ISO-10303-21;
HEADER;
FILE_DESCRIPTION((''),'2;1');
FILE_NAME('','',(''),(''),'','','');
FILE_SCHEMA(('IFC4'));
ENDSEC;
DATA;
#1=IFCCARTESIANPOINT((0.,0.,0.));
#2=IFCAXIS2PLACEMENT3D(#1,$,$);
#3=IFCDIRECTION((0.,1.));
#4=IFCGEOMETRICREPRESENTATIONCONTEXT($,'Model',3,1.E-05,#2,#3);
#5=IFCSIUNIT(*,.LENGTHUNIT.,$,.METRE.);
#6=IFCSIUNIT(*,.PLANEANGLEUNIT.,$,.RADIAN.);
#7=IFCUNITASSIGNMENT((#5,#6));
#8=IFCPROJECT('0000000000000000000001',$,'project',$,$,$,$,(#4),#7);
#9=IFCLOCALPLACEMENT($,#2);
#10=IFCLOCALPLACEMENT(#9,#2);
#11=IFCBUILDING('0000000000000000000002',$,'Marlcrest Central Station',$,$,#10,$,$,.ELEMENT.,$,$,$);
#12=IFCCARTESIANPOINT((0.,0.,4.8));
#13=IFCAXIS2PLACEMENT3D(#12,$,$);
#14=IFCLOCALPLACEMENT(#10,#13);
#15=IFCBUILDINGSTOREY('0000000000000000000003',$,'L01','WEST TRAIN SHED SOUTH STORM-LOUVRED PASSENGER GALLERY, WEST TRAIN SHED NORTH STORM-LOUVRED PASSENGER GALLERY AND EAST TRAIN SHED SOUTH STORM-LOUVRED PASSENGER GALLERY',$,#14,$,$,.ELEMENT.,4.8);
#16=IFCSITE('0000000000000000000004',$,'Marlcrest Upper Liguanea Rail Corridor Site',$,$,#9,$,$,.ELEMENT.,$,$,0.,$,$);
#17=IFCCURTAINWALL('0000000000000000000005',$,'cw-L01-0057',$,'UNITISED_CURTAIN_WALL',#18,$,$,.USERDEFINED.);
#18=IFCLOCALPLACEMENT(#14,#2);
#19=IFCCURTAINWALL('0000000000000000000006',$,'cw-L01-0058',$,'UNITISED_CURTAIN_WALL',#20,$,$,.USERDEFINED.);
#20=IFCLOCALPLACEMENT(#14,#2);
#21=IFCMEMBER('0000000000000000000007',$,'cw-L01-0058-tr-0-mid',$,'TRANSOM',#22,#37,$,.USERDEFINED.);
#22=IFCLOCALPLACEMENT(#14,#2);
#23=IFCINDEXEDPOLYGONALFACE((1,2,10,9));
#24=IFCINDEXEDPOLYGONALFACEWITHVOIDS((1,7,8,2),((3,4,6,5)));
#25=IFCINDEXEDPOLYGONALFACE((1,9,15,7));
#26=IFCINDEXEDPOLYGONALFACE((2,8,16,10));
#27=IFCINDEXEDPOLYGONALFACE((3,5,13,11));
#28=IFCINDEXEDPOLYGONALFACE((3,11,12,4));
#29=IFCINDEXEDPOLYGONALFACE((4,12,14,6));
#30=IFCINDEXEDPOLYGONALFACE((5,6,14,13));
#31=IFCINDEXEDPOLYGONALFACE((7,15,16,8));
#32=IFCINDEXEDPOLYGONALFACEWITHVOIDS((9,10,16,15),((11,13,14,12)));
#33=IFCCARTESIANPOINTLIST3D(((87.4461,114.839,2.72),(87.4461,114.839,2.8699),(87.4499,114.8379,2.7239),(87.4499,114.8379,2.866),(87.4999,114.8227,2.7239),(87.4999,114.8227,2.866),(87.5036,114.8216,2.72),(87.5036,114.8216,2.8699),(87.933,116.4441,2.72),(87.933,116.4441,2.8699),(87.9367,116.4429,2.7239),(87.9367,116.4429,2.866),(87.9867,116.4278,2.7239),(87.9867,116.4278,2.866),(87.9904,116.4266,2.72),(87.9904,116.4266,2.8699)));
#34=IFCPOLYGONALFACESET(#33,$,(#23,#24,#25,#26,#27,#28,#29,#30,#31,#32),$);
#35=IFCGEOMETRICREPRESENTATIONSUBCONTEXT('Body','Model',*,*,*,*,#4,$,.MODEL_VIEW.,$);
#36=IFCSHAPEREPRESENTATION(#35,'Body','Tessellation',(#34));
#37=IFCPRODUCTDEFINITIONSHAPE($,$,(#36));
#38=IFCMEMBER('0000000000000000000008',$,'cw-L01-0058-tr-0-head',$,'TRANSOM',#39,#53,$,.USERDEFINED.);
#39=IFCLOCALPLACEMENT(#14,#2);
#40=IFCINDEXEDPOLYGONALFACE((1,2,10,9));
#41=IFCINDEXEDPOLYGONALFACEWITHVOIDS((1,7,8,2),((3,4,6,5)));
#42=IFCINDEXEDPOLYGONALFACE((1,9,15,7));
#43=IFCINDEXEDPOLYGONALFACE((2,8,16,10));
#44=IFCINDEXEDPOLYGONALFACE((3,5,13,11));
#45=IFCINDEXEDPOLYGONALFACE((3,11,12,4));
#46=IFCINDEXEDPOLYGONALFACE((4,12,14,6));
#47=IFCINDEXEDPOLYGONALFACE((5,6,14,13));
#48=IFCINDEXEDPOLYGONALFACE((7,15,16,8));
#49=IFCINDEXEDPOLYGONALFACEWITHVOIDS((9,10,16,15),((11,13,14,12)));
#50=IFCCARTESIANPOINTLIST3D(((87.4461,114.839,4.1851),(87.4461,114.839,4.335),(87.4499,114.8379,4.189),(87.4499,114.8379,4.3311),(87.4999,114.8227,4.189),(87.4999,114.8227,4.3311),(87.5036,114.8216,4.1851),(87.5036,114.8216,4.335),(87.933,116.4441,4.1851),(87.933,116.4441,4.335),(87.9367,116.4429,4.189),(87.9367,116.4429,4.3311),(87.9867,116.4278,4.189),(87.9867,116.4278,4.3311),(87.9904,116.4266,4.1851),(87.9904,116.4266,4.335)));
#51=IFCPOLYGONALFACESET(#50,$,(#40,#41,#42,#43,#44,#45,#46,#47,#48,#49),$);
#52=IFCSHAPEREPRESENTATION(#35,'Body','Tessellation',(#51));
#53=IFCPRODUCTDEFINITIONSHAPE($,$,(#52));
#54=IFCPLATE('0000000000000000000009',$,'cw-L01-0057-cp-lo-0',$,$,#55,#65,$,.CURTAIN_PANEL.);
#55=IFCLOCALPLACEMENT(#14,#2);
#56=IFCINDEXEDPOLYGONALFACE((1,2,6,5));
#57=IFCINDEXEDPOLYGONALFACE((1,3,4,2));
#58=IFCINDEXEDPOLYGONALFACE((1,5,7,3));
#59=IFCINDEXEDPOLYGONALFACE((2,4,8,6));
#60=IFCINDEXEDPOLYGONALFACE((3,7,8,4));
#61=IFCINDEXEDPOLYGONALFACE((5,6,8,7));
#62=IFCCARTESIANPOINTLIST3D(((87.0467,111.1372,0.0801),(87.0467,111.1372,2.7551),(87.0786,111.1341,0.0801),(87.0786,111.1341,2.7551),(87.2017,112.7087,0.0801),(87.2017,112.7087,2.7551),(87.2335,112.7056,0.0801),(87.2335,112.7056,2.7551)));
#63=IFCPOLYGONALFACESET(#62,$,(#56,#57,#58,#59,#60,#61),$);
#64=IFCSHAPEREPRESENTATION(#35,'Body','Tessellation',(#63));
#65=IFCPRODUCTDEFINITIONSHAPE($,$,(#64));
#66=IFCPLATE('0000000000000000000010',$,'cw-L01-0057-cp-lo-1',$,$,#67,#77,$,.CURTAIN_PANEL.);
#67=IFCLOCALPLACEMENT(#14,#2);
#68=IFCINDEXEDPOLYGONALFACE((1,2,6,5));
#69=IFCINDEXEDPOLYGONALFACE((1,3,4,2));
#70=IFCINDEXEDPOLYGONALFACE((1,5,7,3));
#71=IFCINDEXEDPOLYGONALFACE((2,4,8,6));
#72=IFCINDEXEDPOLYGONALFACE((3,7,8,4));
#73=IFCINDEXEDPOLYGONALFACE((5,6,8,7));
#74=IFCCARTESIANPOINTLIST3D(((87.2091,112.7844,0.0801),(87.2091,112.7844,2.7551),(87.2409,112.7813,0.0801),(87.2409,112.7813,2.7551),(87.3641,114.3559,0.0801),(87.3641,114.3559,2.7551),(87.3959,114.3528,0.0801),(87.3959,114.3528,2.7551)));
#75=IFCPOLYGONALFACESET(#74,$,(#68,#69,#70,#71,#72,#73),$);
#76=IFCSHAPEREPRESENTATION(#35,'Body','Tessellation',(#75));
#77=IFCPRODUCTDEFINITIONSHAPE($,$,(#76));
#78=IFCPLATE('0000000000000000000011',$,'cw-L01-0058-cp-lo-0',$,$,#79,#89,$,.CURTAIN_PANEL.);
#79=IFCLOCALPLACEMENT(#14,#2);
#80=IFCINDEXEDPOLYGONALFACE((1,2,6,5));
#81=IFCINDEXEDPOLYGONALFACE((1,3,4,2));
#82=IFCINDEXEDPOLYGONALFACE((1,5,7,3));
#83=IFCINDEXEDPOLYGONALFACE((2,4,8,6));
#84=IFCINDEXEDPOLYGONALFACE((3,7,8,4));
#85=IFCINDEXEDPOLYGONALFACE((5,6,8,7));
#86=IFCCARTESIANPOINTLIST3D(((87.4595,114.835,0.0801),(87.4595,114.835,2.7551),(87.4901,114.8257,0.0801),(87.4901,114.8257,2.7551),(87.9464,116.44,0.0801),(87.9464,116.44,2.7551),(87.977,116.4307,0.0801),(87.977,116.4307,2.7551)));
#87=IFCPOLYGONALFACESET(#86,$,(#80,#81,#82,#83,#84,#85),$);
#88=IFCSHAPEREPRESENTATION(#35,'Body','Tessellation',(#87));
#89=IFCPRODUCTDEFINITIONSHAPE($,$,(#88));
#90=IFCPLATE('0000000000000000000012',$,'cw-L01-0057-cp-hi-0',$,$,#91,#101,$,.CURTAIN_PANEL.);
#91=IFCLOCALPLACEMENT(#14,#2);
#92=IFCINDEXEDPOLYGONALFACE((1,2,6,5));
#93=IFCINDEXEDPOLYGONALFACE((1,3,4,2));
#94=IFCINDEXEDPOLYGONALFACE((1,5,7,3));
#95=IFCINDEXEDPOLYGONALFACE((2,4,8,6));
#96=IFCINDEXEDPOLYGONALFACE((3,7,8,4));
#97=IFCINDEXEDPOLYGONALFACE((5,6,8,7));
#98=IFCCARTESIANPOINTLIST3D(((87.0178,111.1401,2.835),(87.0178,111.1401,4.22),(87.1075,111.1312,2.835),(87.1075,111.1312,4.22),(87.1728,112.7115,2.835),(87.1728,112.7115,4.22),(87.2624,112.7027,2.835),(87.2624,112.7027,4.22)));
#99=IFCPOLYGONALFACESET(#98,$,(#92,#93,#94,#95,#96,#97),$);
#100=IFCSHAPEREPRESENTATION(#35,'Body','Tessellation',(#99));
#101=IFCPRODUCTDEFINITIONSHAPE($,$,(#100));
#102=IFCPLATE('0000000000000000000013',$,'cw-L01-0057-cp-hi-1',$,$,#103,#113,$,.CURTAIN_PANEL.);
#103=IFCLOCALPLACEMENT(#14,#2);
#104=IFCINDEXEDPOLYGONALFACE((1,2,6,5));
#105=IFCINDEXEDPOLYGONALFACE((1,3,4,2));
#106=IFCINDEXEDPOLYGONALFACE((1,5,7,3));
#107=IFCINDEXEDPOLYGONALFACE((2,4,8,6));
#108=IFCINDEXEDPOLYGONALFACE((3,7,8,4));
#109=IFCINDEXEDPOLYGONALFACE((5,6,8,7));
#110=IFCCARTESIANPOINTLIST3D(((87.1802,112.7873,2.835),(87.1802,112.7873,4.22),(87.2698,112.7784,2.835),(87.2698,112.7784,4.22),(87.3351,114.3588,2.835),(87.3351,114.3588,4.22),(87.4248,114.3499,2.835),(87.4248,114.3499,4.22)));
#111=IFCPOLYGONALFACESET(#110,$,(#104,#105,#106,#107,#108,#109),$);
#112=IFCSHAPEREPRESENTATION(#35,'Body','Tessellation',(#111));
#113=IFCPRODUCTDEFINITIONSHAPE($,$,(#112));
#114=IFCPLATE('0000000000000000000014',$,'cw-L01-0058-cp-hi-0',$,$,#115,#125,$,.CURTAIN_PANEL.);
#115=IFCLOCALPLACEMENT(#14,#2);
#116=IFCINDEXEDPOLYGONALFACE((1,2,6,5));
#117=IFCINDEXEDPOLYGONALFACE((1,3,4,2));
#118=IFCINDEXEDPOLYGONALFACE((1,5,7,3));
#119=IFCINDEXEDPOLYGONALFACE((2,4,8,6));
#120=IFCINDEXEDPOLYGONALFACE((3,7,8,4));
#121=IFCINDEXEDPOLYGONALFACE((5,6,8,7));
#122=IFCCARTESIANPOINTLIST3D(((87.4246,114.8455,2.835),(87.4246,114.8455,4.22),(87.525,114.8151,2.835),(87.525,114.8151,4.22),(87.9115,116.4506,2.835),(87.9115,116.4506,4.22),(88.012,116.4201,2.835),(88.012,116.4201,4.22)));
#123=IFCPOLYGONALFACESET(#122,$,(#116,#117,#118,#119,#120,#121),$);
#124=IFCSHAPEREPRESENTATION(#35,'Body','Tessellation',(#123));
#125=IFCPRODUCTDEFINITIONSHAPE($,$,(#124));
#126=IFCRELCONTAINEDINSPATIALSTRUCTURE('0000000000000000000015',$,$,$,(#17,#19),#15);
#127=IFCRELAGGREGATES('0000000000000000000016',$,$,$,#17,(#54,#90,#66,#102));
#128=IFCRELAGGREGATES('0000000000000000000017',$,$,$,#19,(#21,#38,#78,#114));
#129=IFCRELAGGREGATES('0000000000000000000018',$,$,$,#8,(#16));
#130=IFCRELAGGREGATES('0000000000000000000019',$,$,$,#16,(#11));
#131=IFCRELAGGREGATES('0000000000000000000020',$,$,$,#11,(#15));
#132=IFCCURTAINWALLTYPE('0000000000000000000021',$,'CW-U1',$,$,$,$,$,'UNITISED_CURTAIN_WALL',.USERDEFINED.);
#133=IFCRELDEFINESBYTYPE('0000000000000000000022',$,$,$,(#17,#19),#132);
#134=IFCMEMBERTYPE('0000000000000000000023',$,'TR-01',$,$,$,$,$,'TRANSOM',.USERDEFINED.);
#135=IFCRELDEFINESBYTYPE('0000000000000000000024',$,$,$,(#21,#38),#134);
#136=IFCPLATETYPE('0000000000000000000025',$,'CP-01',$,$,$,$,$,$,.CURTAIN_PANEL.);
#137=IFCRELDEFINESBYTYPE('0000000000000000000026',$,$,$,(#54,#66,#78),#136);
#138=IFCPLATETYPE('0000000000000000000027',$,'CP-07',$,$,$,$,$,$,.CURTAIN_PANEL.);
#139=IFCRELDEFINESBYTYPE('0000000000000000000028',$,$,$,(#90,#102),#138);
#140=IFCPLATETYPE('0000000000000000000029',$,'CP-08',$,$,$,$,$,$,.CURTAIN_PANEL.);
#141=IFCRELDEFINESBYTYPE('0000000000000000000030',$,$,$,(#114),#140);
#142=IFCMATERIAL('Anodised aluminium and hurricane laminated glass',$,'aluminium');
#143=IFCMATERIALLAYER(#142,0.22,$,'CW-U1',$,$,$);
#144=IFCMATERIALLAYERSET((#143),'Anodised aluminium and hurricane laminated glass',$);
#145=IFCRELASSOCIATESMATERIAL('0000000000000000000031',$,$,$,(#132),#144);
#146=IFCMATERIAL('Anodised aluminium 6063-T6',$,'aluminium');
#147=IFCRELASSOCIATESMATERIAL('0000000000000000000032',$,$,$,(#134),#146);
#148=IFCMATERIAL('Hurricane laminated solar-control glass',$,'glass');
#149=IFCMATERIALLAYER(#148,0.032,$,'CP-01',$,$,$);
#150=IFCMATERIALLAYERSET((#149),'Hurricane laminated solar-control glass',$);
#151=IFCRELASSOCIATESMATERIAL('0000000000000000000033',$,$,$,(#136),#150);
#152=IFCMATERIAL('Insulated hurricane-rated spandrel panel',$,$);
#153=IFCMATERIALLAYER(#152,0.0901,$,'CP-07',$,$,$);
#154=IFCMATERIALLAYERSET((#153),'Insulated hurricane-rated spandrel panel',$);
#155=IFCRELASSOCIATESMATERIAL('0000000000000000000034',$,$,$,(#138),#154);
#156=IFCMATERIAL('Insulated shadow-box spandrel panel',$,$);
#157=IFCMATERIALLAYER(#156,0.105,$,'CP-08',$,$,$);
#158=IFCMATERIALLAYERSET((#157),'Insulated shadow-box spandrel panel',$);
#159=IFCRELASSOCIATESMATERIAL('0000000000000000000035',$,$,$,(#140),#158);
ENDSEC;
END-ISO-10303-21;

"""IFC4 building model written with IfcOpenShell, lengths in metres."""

from ifc_helpers import new_model, si_unit, direction, frame, origin, origin_2d, place, context, subcontext, project, spatial, rectangle, hollow_rectangle, extrude, material, layer, layer_set, material_profile, profile_set, type_object, element, aggregate, save


model = new_model("IFC4")

# Units and contexts
model_context = context("Model", 3, precision=1e-05, world=origin(), true_north=direction((0.0, 1.0)))
body_context = subcontext(model_context, "Body", "Model", "MODEL_VIEW")
ifc_project = project(units=[si_unit("LENGTHUNIT", "METRE"), si_unit("PLANEANGLEUNIT", "RADIAN")], contexts=[model_context])

# Site, building, storey
site_placement = place(None, origin())
site = spatial("IfcSite", under=ifc_project, at=site_placement, Name="Marlcrest Upper Liguanea Rail Corridor Site", CompositionType="ELEMENT", RefElevation=0.0)
building_placement = place(site_placement, origin())
building = spatial("IfcBuilding", under=site, at=building_placement, Name="Marlcrest Central Station", CompositionType="ELEMENT")
storey_placement = place(building_placement, frame((0.0, 0.0, 4.8)))
storey = spatial("IfcBuildingStorey", under=building, at=storey_placement, Name="L01", Description="WEST TRAIN SHED SOUTH STORM-LOUVRED PASSENGER GALLERY, WEST TRAIN SHED NORTH STORM-LOUVRED PASSENGER GALLERY AND EAST TRAIN SHED SOUTH STORM-LOUVRED PASSENGER GALLERY", CompositionType="ELEMENT", Elevation=4.8)

# Curtain walls
ifc_material_1 = material(Name="Anodised aluminium and hurricane laminated glass", Category="aluminium")
ifc_layer_1 = layer(ifc_material_1, 0.22, Name="CW-U1")
ifc_layer_set_1 = layer_set([ifc_layer_1], Name="Anodised aluminium and hurricane laminated glass")
curtain_wall_type = type_object("IfcCurtainWallType", Name="CW-U1", ElementType="UNITISED_CURTAIN_WALL", PredefinedType="USERDEFINED", material=ifc_layer_set_1)
curtain_wall_1_placement = place(storey_placement, origin())
curtain_wall_1 = element("IfcCurtainWall", 1, at=curtain_wall_1_placement, inside=storey, type_object=curtain_wall_type, Name="cw-L01-0057", ObjectType="UNITISED_CURTAIN_WALL", PredefinedType="USERDEFINED")
ifc_material_2 = material(Name="Anodised aluminium 6063-T6", Category="aluminium")
curtain_wall_2_placement = place(storey_placement, origin())
curtain_wall_2 = element("IfcCurtainWall", 2, at=curtain_wall_2_placement, inside=storey, type_object=curtain_wall_type, Name="cw-L01-0058", ObjectType="UNITISED_CURTAIN_WALL", PredefinedType="USERDEFINED")

# Members
ifc_material_profile_1 = material_profile(ifc_material_2, hollow_rectangle(XDim=0.0601, YDim=0.1499, WallThickness=0.0039, at=origin_2d()), Name="AA-RHS 150x60x4")
ifc_profile_set_1 = profile_set([ifc_material_profile_1], Name="Anodised aluminium 6063-T6")
member_type_1 = type_object("IfcMemberType", Name="TR-01", ElementType="TRANSOM", PredefinedType="USERDEFINED", material=ifc_profile_set_1)
member_1_placement = place(storey_placement, frame((87.4749, 114.8303, 2.7949), z_axis=(0.290258, 0.956948, 0.0), x_axis=(-0.956948, 0.290258, 0.0)))
member_1 = element("IfcMember", 3, at=member_1_placement, type_object=member_type_1, Name="cw-L01-0058-tr-0-mid", ObjectType="TRANSOM", PredefinedType="USERDEFINED", context=body_context, shape_type="SweptSolid", body=[
    extrude(hollow_rectangle(XDim=0.0601, YDim=0.1499, WallThickness=0.0039, at=origin_2d()), origin(), (0.0, 0.0, 1.0), 1.6772),
])
member_2_placement = place(storey_placement, frame((87.4749, 114.8303, 4.26), z_axis=(0.290258, 0.956948, 0.0), x_axis=(-0.956948, 0.290258, 0.0)))
member_2 = element("IfcMember", 4, at=member_2_placement, type_object=member_type_1, Name="cw-L01-0058-tr-0-head", ObjectType="TRANSOM", PredefinedType="USERDEFINED", context=body_context, shape_type="SweptSolid", body=[
    extrude(hollow_rectangle(XDim=0.0601, YDim=0.1499, WallThickness=0.0039, at=origin_2d()), origin(), (0.0, 0.0, 1.0), 1.6772),
])

# Plates
ifc_material_3 = material(Name="Hurricane laminated solar-control glass", Category="glass")
ifc_layer_2 = layer(ifc_material_3, 0.032, Name="CP-01")
ifc_layer_set_2 = layer_set([ifc_layer_2], Name="Hurricane laminated solar-control glass")
plate_type_1 = type_object("IfcPlateType", Name="CP-01", PredefinedType="CURTAIN_PANEL", material=ifc_layer_set_2)
plate_1_placement = place(storey_placement, frame((87.1401, 111.9214, 0.0801), z_axis=(0.0, 0.0, 1.0), x_axis=(0.098139, 0.995173, 0.0)))
plate_1 = element("IfcPlate", 5, at=plate_1_placement, type_object=plate_type_1, Name="cw-L01-0057-cp-lo-0", PredefinedType="CURTAIN_PANEL", context=body_context, shape_type="SweptSolid", body=[
    extrude(rectangle(XDim=1.5791, YDim=0.032, at=origin_2d()), origin(), (0.0, 0.0, 1.0), 2.675),
])
plate_2_placement = place(storey_placement, frame((87.3025, 113.5686, 0.0801), z_axis=(0.0, 0.0, 1.0), x_axis=(0.098139, 0.995173, 0.0)))
plate_2 = element("IfcPlate", 6, at=plate_2_placement, type_object=plate_type_1, Name="cw-L01-0057-cp-lo-1", PredefinedType="CURTAIN_PANEL", context=body_context, shape_type="SweptSolid", body=[
    extrude(rectangle(XDim=1.5791, YDim=0.032, at=origin_2d()), origin(), (0.0, 0.0, 1.0), 2.675),
])
plate_3_placement = place(storey_placement, frame((87.7183, 115.6328, 0.0801), z_axis=(0.0, 0.0, 1.0), x_axis=(0.290318, 0.95693, 0.0)))
plate_3 = element("IfcPlate", 7, at=plate_3_placement, type_object=plate_type_1, Name="cw-L01-0058-cp-lo-0", PredefinedType="CURTAIN_PANEL", context=body_context, shape_type="SweptSolid", body=[
    extrude(rectangle(XDim=1.6772, YDim=0.032, at=origin_2d()), origin(), (0.0, 0.0, 1.0), 2.675),
])
ifc_material_4 = material(Name="Insulated hurricane-rated spandrel panel")
ifc_layer_3 = layer(ifc_material_4, 0.0901, Name="CP-07")
ifc_layer_set_3 = layer_set([ifc_layer_3], Name="Insulated hurricane-rated spandrel panel")
plate_type_2 = type_object("IfcPlateType", Name="CP-07", PredefinedType="CURTAIN_PANEL", material=ifc_layer_set_3)
plate_4_placement = place(storey_placement, frame((87.1401, 111.9214, 2.835), z_axis=(0.0, 0.0, 1.0), x_axis=(0.098139, 0.995173, 0.0)))
plate_4 = element("IfcPlate", 8, at=plate_4_placement, type_object=plate_type_2, Name="cw-L01-0057-cp-hi-0", PredefinedType="CURTAIN_PANEL", context=body_context, shape_type="SweptSolid", body=[
    extrude(rectangle(XDim=1.5791, YDim=0.0901, at=origin_2d()), origin(), (0.0, 0.0, 1.0), 1.385),
])
plate_5_placement = place(storey_placement, frame((87.3025, 113.5686, 2.835), z_axis=(0.0, 0.0, 1.0), x_axis=(0.098139, 0.995173, 0.0)))
plate_5 = element("IfcPlate", 9, at=plate_5_placement, type_object=plate_type_2, Name="cw-L01-0057-cp-hi-1", PredefinedType="CURTAIN_PANEL", context=body_context, shape_type="SweptSolid", body=[
    extrude(rectangle(XDim=1.5791, YDim=0.0901, at=origin_2d()), origin(), (0.0, 0.0, 1.0), 1.385),
])
aggregate(curtain_wall_1, [plate_1, plate_4, plate_2, plate_5])
ifc_material_5 = material(Name="Insulated shadow-box spandrel panel")
ifc_layer_4 = layer(ifc_material_5, 0.105, Name="CP-08")
ifc_layer_set_4 = layer_set([ifc_layer_4], Name="Insulated shadow-box spandrel panel")
plate_type_3 = type_object("IfcPlateType", Name="CP-08", PredefinedType="CURTAIN_PANEL", material=ifc_layer_set_4)
plate_6_placement = place(storey_placement, frame((87.7183, 115.6328, 2.835), z_axis=(0.0, 0.0, 1.0), x_axis=(0.290318, 0.95693, 0.0)))
plate_6 = element("IfcPlate", 10, at=plate_6_placement, type_object=plate_type_3, Name="cw-L01-0058-cp-hi-0", PredefinedType="CURTAIN_PANEL", context=body_context, shape_type="SweptSolid", body=[
    extrude(rectangle(XDim=1.6772, YDim=0.105, at=origin_2d()), origin(), (0.0, 0.0, 1.0), 1.385),
])
aggregate(curtain_wall_2, [member_1, member_2, plate_3, plate_6])

save(model, "model.ifc")
